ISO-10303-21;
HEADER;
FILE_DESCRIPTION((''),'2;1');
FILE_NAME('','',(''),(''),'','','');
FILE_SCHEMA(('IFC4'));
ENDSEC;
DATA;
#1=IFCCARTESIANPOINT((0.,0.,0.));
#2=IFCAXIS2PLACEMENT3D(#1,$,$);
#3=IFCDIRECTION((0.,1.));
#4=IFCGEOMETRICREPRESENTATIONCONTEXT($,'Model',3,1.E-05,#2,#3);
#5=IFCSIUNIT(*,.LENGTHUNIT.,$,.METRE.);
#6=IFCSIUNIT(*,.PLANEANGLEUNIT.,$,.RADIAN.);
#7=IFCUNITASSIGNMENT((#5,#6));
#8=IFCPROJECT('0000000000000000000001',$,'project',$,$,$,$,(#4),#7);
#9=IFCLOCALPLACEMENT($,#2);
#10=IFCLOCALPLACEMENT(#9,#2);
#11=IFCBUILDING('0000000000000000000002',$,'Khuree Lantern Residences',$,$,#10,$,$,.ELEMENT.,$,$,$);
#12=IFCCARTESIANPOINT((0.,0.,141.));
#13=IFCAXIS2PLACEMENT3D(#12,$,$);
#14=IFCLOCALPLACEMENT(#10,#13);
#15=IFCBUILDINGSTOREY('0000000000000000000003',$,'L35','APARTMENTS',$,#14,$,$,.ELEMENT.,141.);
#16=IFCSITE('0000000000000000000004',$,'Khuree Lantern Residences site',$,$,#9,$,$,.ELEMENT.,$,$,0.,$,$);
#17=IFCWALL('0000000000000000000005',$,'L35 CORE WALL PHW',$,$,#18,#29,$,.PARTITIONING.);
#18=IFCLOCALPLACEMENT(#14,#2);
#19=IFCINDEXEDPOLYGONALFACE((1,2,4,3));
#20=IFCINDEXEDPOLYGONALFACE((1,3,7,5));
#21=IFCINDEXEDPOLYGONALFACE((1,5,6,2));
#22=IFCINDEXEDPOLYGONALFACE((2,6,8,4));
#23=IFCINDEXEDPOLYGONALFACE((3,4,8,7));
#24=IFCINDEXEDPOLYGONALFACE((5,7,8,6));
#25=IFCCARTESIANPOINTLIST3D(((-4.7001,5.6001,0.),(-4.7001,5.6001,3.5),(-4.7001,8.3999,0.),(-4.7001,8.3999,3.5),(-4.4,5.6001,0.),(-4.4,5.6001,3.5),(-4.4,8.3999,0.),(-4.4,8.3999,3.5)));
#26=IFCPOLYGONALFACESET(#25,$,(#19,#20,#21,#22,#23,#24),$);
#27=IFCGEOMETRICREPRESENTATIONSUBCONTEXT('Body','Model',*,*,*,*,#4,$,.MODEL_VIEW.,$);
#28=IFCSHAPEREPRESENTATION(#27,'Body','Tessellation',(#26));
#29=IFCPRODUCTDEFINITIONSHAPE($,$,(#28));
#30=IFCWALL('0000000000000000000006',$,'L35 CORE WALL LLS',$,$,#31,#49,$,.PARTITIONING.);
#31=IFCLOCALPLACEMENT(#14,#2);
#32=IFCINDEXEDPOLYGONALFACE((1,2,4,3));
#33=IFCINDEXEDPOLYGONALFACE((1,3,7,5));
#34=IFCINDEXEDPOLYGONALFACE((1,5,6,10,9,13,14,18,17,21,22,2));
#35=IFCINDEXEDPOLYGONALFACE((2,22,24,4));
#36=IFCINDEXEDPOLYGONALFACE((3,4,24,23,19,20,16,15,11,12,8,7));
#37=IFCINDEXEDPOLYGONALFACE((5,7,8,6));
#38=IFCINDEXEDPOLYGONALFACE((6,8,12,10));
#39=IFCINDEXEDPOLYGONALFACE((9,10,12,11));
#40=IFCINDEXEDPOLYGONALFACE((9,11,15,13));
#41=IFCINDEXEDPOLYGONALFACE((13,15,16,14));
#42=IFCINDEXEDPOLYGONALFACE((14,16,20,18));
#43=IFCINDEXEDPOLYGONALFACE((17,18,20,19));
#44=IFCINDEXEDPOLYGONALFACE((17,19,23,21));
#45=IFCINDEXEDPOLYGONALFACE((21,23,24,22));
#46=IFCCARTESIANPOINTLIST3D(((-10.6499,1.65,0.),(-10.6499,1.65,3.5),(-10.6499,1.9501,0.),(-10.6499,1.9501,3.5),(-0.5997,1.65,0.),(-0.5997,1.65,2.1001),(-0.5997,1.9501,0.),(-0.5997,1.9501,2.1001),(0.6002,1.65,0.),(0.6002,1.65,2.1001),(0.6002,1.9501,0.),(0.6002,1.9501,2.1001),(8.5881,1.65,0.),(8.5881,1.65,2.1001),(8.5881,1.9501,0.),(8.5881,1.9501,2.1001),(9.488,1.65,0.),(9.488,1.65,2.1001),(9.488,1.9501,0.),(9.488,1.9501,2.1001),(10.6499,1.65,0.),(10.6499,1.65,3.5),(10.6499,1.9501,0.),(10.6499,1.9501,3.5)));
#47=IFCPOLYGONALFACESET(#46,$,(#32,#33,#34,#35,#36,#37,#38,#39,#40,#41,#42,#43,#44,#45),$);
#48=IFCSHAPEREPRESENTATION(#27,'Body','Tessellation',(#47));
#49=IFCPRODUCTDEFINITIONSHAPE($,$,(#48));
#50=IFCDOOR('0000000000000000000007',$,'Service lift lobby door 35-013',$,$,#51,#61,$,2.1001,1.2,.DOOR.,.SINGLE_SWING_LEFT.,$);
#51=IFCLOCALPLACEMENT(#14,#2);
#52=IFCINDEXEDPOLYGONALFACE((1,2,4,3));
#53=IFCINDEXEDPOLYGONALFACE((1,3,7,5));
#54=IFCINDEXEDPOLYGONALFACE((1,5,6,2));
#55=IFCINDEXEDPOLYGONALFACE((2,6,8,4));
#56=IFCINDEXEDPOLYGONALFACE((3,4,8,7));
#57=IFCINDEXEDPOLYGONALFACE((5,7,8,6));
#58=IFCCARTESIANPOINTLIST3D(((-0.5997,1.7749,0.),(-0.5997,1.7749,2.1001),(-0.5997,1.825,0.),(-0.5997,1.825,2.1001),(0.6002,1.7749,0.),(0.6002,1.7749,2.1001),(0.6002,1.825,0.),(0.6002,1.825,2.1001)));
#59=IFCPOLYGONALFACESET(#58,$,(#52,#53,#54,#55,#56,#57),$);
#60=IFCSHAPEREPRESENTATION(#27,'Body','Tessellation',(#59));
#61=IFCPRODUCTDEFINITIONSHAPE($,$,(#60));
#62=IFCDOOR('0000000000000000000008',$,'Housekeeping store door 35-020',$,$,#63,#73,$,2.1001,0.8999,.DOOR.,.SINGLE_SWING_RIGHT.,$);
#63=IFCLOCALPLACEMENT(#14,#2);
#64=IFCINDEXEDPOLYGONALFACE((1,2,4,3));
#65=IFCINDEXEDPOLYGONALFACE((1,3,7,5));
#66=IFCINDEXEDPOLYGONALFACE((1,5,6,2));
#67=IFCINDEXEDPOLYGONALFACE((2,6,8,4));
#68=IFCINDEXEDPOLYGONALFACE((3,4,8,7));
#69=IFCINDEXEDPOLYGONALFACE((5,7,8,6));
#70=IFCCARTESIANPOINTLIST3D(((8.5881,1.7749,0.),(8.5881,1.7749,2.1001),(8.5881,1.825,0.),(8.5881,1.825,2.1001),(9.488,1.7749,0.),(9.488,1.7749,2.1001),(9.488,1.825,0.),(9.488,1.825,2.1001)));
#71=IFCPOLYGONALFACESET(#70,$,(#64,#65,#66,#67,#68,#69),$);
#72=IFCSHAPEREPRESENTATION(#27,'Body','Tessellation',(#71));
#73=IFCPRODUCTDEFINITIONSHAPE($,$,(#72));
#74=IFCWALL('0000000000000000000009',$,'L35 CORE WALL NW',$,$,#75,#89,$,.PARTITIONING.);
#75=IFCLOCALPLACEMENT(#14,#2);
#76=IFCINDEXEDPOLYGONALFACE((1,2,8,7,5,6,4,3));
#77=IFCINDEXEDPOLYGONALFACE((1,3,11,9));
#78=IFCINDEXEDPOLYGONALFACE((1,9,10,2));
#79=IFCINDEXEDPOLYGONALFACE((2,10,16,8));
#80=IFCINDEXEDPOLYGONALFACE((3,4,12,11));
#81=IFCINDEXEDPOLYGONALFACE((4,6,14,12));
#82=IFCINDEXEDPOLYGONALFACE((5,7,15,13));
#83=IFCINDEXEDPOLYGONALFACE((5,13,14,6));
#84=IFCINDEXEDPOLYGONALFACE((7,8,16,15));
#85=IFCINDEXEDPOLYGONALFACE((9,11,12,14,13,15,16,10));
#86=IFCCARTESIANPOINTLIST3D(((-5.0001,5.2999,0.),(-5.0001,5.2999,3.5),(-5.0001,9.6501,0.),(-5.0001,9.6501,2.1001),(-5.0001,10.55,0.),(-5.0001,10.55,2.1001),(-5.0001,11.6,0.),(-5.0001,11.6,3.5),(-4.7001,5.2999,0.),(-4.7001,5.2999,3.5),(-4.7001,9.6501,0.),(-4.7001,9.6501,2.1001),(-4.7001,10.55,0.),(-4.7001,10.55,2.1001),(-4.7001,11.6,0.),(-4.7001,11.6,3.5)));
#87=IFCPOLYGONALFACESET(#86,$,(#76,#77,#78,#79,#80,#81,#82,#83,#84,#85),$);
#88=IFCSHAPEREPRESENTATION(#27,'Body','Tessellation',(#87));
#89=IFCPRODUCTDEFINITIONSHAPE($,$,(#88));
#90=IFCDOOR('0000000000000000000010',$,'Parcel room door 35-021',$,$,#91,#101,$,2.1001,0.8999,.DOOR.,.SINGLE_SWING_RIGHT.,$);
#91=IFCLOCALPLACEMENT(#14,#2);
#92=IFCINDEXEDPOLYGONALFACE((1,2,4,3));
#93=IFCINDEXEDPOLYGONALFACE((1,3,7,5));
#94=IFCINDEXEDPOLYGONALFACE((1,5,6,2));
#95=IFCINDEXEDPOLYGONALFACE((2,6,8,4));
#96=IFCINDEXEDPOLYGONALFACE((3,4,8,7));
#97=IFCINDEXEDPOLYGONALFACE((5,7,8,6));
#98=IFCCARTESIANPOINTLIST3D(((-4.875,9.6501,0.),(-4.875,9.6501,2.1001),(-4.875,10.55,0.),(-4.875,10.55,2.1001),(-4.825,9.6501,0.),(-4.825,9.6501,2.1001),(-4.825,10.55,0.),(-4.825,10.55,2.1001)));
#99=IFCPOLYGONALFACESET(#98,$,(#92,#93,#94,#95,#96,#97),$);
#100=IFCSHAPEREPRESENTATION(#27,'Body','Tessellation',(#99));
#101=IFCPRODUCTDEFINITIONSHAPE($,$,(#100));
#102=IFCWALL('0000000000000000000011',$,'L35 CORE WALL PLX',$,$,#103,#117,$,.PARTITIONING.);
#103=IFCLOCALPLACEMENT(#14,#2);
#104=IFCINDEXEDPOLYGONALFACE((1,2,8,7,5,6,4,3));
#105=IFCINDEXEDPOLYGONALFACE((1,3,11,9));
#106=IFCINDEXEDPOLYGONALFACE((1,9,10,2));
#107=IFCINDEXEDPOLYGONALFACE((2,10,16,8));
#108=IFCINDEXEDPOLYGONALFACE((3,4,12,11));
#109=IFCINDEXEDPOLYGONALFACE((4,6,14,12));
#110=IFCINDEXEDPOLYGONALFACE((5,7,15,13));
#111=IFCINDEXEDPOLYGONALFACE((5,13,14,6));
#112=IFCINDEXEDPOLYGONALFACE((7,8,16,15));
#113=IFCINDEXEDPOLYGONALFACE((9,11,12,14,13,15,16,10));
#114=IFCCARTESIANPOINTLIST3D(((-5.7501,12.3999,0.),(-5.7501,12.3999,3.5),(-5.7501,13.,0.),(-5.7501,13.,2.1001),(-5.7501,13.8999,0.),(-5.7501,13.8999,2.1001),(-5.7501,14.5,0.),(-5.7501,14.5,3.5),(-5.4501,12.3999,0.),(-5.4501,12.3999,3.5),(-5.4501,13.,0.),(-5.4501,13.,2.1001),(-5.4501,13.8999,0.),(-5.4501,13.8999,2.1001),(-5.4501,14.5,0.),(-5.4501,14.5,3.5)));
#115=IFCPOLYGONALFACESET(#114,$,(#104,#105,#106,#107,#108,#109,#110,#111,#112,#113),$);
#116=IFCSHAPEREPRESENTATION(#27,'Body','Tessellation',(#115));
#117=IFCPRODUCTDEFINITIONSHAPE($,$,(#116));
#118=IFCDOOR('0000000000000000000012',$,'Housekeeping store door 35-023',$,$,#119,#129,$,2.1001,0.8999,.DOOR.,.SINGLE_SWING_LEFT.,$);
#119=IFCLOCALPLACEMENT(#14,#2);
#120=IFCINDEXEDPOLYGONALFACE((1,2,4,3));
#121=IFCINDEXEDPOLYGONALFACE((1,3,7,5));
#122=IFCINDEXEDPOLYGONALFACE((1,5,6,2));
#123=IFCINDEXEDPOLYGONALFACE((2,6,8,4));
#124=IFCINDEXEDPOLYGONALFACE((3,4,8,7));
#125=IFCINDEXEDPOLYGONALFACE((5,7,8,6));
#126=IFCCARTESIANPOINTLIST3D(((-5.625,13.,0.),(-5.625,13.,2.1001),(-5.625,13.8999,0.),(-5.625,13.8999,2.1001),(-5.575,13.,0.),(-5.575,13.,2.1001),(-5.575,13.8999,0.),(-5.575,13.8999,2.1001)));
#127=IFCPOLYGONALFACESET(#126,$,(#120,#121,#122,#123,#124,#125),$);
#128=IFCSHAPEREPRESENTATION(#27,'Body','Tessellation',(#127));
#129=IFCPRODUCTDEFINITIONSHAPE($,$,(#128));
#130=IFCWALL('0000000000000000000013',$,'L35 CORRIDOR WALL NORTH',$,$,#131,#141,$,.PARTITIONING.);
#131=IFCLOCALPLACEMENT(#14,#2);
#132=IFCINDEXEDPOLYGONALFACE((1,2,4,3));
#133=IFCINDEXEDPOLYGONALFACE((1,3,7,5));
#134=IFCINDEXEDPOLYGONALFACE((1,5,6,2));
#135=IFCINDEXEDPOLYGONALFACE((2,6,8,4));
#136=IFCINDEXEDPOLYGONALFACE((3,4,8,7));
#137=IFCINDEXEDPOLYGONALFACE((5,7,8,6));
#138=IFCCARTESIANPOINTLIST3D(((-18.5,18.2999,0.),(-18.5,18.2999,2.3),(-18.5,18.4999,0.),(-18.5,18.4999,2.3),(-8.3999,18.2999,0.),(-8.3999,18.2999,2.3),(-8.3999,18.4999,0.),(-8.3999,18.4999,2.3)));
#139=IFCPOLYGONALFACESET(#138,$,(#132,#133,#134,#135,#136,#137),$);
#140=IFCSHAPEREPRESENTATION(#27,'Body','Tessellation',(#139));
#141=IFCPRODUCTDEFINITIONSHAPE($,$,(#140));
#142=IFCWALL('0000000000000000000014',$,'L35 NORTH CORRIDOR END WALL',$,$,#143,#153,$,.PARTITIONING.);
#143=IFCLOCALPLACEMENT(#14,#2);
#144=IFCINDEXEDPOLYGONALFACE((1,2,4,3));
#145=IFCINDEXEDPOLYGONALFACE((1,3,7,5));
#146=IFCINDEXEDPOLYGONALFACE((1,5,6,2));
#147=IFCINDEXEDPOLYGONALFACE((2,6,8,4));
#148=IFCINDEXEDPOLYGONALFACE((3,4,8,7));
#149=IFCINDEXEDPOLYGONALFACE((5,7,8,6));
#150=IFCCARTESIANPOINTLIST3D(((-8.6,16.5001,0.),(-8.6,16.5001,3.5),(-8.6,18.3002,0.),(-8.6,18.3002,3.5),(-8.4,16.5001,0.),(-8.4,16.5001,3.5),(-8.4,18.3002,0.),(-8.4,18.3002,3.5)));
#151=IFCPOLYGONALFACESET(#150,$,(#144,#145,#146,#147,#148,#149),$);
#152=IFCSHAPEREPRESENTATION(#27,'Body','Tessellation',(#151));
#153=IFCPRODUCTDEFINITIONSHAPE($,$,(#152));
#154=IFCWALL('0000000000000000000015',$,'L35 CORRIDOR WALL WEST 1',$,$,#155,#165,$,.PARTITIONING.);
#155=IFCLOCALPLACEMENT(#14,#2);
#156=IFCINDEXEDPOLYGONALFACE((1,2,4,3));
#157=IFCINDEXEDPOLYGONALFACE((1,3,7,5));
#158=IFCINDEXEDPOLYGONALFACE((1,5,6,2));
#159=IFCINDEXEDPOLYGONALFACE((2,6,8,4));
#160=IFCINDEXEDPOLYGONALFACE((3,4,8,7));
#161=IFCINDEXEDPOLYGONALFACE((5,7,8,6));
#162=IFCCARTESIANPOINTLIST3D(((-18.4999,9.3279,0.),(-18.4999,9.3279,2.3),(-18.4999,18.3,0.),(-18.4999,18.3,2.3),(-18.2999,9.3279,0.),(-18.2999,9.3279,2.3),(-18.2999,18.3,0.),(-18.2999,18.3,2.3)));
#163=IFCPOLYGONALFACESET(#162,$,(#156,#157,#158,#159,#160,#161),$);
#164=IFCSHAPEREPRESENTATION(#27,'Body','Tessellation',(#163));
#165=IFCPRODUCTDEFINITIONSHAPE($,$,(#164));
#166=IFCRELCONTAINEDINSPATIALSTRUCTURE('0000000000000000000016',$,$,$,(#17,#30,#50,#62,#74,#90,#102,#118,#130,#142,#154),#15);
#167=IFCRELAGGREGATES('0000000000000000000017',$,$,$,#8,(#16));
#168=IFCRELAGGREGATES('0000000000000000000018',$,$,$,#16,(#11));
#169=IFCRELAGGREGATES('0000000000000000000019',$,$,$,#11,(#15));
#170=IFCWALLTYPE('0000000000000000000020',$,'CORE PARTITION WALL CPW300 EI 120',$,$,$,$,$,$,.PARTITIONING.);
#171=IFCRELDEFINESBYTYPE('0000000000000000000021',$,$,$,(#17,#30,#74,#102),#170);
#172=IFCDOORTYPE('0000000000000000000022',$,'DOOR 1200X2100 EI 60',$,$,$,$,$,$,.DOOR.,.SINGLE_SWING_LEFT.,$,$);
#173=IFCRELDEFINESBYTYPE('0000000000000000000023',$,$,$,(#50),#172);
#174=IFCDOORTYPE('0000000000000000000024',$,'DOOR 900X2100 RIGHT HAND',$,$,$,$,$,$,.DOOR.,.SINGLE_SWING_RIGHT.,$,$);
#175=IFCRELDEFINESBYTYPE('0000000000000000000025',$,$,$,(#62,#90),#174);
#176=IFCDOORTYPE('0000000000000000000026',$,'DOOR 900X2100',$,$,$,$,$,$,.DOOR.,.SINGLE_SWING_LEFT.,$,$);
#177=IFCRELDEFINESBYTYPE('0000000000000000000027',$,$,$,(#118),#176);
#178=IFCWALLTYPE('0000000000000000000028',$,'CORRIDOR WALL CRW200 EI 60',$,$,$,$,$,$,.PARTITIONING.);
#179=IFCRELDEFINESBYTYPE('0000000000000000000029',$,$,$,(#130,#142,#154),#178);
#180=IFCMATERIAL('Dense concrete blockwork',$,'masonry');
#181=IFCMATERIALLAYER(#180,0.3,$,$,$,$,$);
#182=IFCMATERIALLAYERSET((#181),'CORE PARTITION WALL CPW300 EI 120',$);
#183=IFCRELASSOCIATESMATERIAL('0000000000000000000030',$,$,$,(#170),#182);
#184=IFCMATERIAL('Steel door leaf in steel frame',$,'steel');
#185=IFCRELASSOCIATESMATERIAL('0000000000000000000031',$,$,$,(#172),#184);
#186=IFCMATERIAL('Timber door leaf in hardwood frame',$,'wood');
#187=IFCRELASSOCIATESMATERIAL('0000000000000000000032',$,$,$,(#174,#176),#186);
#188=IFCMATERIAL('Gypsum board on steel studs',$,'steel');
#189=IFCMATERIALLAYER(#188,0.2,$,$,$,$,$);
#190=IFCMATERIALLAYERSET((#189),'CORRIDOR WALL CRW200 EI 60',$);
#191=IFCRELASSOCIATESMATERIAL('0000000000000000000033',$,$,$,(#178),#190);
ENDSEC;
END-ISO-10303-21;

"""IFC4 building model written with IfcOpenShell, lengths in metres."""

from ifc_helpers import new_model, si_unit, direction, frame, frame_2d, origin, place, context, subcontext, project, spatial, rectangle, extrude, material, layer, layer_set, type_object, element, fill, save


model = new_model("IFC4")

# Units and contexts
model_context = context("Model", 3, precision=1e-05, world=origin(), true_north=direction((0.0, 1.0)))
body_context = subcontext(model_context, "Body", "Model", "MODEL_VIEW")
ifc_project = project(units=[si_unit("LENGTHUNIT", "METRE"), si_unit("PLANEANGLEUNIT", "RADIAN")], contexts=[model_context])

# Site, building, storey
site_placement = place(None, origin())
site = spatial("IfcSite", under=ifc_project, at=site_placement, Name="Khuree Lantern Residences site", CompositionType="ELEMENT", RefElevation=0.0)
building_placement = place(site_placement, origin())
building = spatial("IfcBuilding", under=site, at=building_placement, Name="Khuree Lantern Residences", CompositionType="ELEMENT")
storey_placement = place(building_placement, frame((0.0, 0.0, 141.0)))
storey = spatial("IfcBuildingStorey", under=building, at=storey_placement, Name="L35", Description="APARTMENTS", CompositionType="ELEMENT", Elevation=141.0)

# Wall
ifc_material_1 = material(Name="Dense concrete blockwork", Category="masonry")
ifc_layer_1 = layer(ifc_material_1, 0.3)
ifc_layer_set_1 = layer_set([ifc_layer_1], Name="CORE PARTITION WALL CPW300 EI 120")
wall_type_1 = type_object("IfcWallType", Name="CORE PARTITION WALL CPW300 EI 120", PredefinedType="PARTITIONING", material=ifc_layer_set_1)
wall_1_placement = place(storey_placement, frame((-4.55, 5.6001, 0.0), z_axis=(0.0, 0.0, 1.0), x_axis=(0.0, 1.0, 0.0)))
element("IfcWall", 1, at=wall_1_placement, inside=storey, type_object=wall_type_1, Name="L35 CORE WALL PHW", PredefinedType="PARTITIONING", context=body_context, shape_type="SweptSolid", body=[
    extrude(rectangle(XDim=2.7998, YDim=0.3, at=frame_2d((1.3999, 0.0))), origin(), (0.0, 0.0, 1.0), 3.5),
])

# Wall, openings, doors
wall_2_placement = place(storey_placement, frame((-10.6499, 1.8, 0.0), z_axis=(0.0, 0.0, 1.0), x_axis=(1.0, 0.0, 0.0)))
wall_2 = element("IfcWall", 2, at=wall_2_placement, inside=storey, type_object=wall_type_1, Name="L35 CORE WALL LLS", PredefinedType="PARTITIONING", context=body_context, shape_type="SweptSolid", body=[
    extrude(rectangle(XDim=21.2998, YDim=0.3, at=frame_2d((10.6499, 0.0))), origin(), (0.0, 0.0, 1.0), 3.5),
])
opening_1_placement = place(wall_2_placement, frame((10.05, 0.0, 0.0)))
opening_1 = element("IfcOpeningElement", 3, at=opening_1_placement, cuts=wall_2, PredefinedType="OPENING", context=body_context, shape_type="SweptSolid", body=[
    extrude(rectangle(XDim=1.2, YDim=2.1001, at=frame_2d((0.6001, 1.05))), frame((0.0, 0.1602, 0.0), z_axis=(0.0, -1.0, 0.0), x_axis=(1.0, 0.0, 0.0)), (0.0, 0.0, 1.0), 0.3201),
])
opening_2_placement = place(wall_2_placement, frame((19.238, 0.0, 0.0)))
opening_2 = element("IfcOpeningElement", 4, at=opening_2_placement, cuts=wall_2, PredefinedType="OPENING", context=body_context, shape_type="SweptSolid", body=[
    extrude(rectangle(XDim=0.8999, YDim=2.1001, at=frame_2d((0.45, 1.05))), frame((0.0, 0.1602, 0.0), z_axis=(0.0, -1.0, 0.0), x_axis=(1.0, 0.0, 0.0)), (0.0, 0.0, 1.0), 0.3201),
])
ifc_material_2 = material(Name="Steel door leaf in steel frame", Category="steel")
door_type_1 = type_object("IfcDoorType", Name="DOOR 1200X2100 EI 60", OperationType="SINGLE_SWING_LEFT", PredefinedType="DOOR", material=ifc_material_2)
door_1_placement = place(opening_1_placement, origin())
door_1 = element("IfcDoor", 5, at=door_1_placement, inside=storey, type_object=door_type_1, Name="Service lift lobby door 35-013", OperationType="SINGLE_SWING_LEFT", OverallHeight=2.1001, OverallWidth=1.2, PredefinedType="DOOR", context=body_context, shape_type="SweptSolid", body=[
    extrude(rectangle(XDim=1.2, YDim=2.1001, at=frame_2d((0.6001, 1.05))), frame((0.0, 0.0249, 0.0), z_axis=(0.0, -1.0, 0.0), x_axis=(1.0, 0.0, 0.0)), (0.0, 0.0, 1.0), 0.05),
])
fill(opening_1, door_1)
ifc_material_3 = material(Name="Timber door leaf in hardwood frame", Category="wood")
door_type_2 = type_object("IfcDoorType", Name="DOOR 900X2100 RIGHT HAND", OperationType="SINGLE_SWING_RIGHT", PredefinedType="DOOR", material=ifc_material_3)
door_2_placement = place(opening_2_placement, origin())
door_2 = element("IfcDoor", 6, at=door_2_placement, inside=storey, type_object=door_type_2, Name="Housekeeping store door 35-020", OperationType="SINGLE_SWING_RIGHT", OverallHeight=2.1001, OverallWidth=0.8999, PredefinedType="DOOR", context=body_context, shape_type="SweptSolid", body=[
    extrude(rectangle(XDim=0.8999, YDim=2.1001, at=frame_2d((0.45, 1.05))), frame((0.0, 0.0249, 0.0), z_axis=(0.0, -1.0, 0.0), x_axis=(1.0, 0.0, 0.0)), (0.0, 0.0, 1.0), 0.05),
])
fill(opening_2, door_2)

# Walls, openings, doors
wall_3_placement = place(storey_placement, frame((-4.8501, 5.3, 0.0), z_axis=(0.0, 0.0, 1.0), x_axis=(0.0, 1.0, 0.0)))
wall_3 = element("IfcWall", 7, at=wall_3_placement, inside=storey, type_object=wall_type_1, Name="L35 CORE WALL NW", PredefinedType="PARTITIONING", context=body_context, shape_type="SweptSolid", body=[
    extrude(rectangle(XDim=6.3, YDim=0.3, at=frame_2d((3.1499, 0.0))), origin(), (0.0, 0.0, 1.0), 3.5),
])
opening_3_placement = place(wall_3_placement, frame((4.3501, 0.0, 0.0)))
opening_3 = element("IfcOpeningElement", 8, at=opening_3_placement, cuts=wall_3, PredefinedType="OPENING", context=body_context, shape_type="SweptSolid", body=[
    extrude(rectangle(XDim=0.8999, YDim=2.1001, at=frame_2d((0.45, 1.05))), frame((0.0, 0.1602, 0.0), z_axis=(0.0, -1.0, 0.0), x_axis=(1.0, 0.0, 0.0)), (0.0, 0.0, 1.0), 0.3201),
])
door_3_placement = place(opening_3_placement, origin())
door_3 = element("IfcDoor", 9, at=door_3_placement, inside=storey, type_object=door_type_2, Name="Parcel room door 35-021", OperationType="SINGLE_SWING_RIGHT", OverallHeight=2.1001, OverallWidth=0.8999, PredefinedType="DOOR", context=body_context, shape_type="SweptSolid", body=[
    extrude(rectangle(XDim=0.8999, YDim=2.1001, at=frame_2d((0.45, 1.05))), frame((0.0, 0.0249, 0.0), z_axis=(0.0, -1.0, 0.0), x_axis=(1.0, 0.0, 0.0)), (0.0, 0.0, 1.0), 0.05),
])
fill(opening_3, door_3)
wall_4_placement = place(storey_placement, frame((-5.6001, 12.3999, 0.0), z_axis=(0.0, 0.0, 1.0), x_axis=(0.0, 1.0, 0.0)))
wall_4 = element("IfcWall", 10, at=wall_4_placement, inside=storey, type_object=wall_type_1, Name="L35 CORE WALL PLX", PredefinedType="PARTITIONING", context=body_context, shape_type="SweptSolid", body=[
    extrude(rectangle(XDim=2.1001, YDim=0.3, at=frame_2d((1.05, 0.0))), origin(), (0.0, 0.0, 1.0), 3.5),
])
opening_4_placement = place(wall_4_placement, frame((0.6001, 0.0, 0.0)))
opening_4 = element("IfcOpeningElement", 11, at=opening_4_placement, cuts=wall_4, PredefinedType="OPENING", context=body_context, shape_type="SweptSolid", body=[
    extrude(rectangle(XDim=0.8999, YDim=2.1001, at=frame_2d((0.45, 1.05))), frame((0.0, 0.1602, 0.0), z_axis=(0.0, -1.0, 0.0), x_axis=(1.0, 0.0, 0.0)), (0.0, 0.0, 1.0), 0.3201),
])
door_type_3 = type_object("IfcDoorType", Name="DOOR 900X2100", OperationType="SINGLE_SWING_LEFT", PredefinedType="DOOR", material=ifc_material_3)
door_4_placement = place(opening_4_placement, origin())
door_4 = element("IfcDoor", 12, at=door_4_placement, inside=storey, type_object=door_type_3, Name="Housekeeping store door 35-023", OperationType="SINGLE_SWING_LEFT", OverallHeight=2.1001, OverallWidth=0.8999, PredefinedType="DOOR", context=body_context, shape_type="SweptSolid", body=[
    extrude(rectangle(XDim=0.8999, YDim=2.1001, at=frame_2d((0.45, 1.05))), frame((0.0, 0.0249, 0.0), z_axis=(0.0, -1.0, 0.0), x_axis=(1.0, 0.0, 0.0)), (0.0, 0.0, 1.0), 0.05),
])
fill(opening_4, door_4)

# Walls
ifc_material_4 = material(Name="Gypsum board on steel studs", Category="steel")
ifc_layer_2 = layer(ifc_material_4, 0.2)
ifc_layer_set_2 = layer_set([ifc_layer_2], Name="CORRIDOR WALL CRW200 EI 60")
wall_type_2 = type_object("IfcWallType", Name="CORRIDOR WALL CRW200 EI 60", PredefinedType="PARTITIONING", material=ifc_layer_set_2)
wall_5_placement = place(storey_placement, frame((-18.5, 18.3999, 0.0), z_axis=(0.0, 0.0, 1.0), x_axis=(1.0, 0.0, 0.0)))
element("IfcWall", 13, at=wall_5_placement, inside=storey, type_object=wall_type_2, Name="L35 CORRIDOR WALL NORTH", PredefinedType="PARTITIONING", context=body_context, shape_type="SweptSolid", body=[
    extrude(rectangle(XDim=10.1001, YDim=0.2, at=frame_2d((5.05, 0.0))), origin(), (0.0, 0.0, 1.0), 2.3),
])
wall_6_placement = place(storey_placement, frame((-8.5, 18.3, 0.0), z_axis=(0.0, 0.0, 1.0), x_axis=(0.0, -1.0, 0.0)))
element("IfcWall", 14, at=wall_6_placement, inside=storey, type_object=wall_type_2, Name="L35 NORTH CORRIDOR END WALL", PredefinedType="PARTITIONING", context=body_context, shape_type="SweptSolid", body=[
    extrude(rectangle(XDim=1.8, YDim=0.2, at=frame_2d((0.8999, 0.0))), origin(), (0.0, 0.0, 1.0), 3.5),
])
wall_7_placement = place(storey_placement, frame((-18.3999, 18.3, 0.0), z_axis=(0.0, 0.0, 1.0), x_axis=(0.0, -1.0, 0.0)))
element("IfcWall", 15, at=wall_7_placement, inside=storey, type_object=wall_type_2, Name="L35 CORRIDOR WALL WEST 1", PredefinedType="PARTITIONING", context=body_context, shape_type="SweptSolid", body=[
    extrude(rectangle(XDim=8.9722, YDim=0.2, at=frame_2d((4.4861, 0.0))), origin(), (0.0, 0.0, 1.0), 2.3),
])

save(model, "model.ifc")
